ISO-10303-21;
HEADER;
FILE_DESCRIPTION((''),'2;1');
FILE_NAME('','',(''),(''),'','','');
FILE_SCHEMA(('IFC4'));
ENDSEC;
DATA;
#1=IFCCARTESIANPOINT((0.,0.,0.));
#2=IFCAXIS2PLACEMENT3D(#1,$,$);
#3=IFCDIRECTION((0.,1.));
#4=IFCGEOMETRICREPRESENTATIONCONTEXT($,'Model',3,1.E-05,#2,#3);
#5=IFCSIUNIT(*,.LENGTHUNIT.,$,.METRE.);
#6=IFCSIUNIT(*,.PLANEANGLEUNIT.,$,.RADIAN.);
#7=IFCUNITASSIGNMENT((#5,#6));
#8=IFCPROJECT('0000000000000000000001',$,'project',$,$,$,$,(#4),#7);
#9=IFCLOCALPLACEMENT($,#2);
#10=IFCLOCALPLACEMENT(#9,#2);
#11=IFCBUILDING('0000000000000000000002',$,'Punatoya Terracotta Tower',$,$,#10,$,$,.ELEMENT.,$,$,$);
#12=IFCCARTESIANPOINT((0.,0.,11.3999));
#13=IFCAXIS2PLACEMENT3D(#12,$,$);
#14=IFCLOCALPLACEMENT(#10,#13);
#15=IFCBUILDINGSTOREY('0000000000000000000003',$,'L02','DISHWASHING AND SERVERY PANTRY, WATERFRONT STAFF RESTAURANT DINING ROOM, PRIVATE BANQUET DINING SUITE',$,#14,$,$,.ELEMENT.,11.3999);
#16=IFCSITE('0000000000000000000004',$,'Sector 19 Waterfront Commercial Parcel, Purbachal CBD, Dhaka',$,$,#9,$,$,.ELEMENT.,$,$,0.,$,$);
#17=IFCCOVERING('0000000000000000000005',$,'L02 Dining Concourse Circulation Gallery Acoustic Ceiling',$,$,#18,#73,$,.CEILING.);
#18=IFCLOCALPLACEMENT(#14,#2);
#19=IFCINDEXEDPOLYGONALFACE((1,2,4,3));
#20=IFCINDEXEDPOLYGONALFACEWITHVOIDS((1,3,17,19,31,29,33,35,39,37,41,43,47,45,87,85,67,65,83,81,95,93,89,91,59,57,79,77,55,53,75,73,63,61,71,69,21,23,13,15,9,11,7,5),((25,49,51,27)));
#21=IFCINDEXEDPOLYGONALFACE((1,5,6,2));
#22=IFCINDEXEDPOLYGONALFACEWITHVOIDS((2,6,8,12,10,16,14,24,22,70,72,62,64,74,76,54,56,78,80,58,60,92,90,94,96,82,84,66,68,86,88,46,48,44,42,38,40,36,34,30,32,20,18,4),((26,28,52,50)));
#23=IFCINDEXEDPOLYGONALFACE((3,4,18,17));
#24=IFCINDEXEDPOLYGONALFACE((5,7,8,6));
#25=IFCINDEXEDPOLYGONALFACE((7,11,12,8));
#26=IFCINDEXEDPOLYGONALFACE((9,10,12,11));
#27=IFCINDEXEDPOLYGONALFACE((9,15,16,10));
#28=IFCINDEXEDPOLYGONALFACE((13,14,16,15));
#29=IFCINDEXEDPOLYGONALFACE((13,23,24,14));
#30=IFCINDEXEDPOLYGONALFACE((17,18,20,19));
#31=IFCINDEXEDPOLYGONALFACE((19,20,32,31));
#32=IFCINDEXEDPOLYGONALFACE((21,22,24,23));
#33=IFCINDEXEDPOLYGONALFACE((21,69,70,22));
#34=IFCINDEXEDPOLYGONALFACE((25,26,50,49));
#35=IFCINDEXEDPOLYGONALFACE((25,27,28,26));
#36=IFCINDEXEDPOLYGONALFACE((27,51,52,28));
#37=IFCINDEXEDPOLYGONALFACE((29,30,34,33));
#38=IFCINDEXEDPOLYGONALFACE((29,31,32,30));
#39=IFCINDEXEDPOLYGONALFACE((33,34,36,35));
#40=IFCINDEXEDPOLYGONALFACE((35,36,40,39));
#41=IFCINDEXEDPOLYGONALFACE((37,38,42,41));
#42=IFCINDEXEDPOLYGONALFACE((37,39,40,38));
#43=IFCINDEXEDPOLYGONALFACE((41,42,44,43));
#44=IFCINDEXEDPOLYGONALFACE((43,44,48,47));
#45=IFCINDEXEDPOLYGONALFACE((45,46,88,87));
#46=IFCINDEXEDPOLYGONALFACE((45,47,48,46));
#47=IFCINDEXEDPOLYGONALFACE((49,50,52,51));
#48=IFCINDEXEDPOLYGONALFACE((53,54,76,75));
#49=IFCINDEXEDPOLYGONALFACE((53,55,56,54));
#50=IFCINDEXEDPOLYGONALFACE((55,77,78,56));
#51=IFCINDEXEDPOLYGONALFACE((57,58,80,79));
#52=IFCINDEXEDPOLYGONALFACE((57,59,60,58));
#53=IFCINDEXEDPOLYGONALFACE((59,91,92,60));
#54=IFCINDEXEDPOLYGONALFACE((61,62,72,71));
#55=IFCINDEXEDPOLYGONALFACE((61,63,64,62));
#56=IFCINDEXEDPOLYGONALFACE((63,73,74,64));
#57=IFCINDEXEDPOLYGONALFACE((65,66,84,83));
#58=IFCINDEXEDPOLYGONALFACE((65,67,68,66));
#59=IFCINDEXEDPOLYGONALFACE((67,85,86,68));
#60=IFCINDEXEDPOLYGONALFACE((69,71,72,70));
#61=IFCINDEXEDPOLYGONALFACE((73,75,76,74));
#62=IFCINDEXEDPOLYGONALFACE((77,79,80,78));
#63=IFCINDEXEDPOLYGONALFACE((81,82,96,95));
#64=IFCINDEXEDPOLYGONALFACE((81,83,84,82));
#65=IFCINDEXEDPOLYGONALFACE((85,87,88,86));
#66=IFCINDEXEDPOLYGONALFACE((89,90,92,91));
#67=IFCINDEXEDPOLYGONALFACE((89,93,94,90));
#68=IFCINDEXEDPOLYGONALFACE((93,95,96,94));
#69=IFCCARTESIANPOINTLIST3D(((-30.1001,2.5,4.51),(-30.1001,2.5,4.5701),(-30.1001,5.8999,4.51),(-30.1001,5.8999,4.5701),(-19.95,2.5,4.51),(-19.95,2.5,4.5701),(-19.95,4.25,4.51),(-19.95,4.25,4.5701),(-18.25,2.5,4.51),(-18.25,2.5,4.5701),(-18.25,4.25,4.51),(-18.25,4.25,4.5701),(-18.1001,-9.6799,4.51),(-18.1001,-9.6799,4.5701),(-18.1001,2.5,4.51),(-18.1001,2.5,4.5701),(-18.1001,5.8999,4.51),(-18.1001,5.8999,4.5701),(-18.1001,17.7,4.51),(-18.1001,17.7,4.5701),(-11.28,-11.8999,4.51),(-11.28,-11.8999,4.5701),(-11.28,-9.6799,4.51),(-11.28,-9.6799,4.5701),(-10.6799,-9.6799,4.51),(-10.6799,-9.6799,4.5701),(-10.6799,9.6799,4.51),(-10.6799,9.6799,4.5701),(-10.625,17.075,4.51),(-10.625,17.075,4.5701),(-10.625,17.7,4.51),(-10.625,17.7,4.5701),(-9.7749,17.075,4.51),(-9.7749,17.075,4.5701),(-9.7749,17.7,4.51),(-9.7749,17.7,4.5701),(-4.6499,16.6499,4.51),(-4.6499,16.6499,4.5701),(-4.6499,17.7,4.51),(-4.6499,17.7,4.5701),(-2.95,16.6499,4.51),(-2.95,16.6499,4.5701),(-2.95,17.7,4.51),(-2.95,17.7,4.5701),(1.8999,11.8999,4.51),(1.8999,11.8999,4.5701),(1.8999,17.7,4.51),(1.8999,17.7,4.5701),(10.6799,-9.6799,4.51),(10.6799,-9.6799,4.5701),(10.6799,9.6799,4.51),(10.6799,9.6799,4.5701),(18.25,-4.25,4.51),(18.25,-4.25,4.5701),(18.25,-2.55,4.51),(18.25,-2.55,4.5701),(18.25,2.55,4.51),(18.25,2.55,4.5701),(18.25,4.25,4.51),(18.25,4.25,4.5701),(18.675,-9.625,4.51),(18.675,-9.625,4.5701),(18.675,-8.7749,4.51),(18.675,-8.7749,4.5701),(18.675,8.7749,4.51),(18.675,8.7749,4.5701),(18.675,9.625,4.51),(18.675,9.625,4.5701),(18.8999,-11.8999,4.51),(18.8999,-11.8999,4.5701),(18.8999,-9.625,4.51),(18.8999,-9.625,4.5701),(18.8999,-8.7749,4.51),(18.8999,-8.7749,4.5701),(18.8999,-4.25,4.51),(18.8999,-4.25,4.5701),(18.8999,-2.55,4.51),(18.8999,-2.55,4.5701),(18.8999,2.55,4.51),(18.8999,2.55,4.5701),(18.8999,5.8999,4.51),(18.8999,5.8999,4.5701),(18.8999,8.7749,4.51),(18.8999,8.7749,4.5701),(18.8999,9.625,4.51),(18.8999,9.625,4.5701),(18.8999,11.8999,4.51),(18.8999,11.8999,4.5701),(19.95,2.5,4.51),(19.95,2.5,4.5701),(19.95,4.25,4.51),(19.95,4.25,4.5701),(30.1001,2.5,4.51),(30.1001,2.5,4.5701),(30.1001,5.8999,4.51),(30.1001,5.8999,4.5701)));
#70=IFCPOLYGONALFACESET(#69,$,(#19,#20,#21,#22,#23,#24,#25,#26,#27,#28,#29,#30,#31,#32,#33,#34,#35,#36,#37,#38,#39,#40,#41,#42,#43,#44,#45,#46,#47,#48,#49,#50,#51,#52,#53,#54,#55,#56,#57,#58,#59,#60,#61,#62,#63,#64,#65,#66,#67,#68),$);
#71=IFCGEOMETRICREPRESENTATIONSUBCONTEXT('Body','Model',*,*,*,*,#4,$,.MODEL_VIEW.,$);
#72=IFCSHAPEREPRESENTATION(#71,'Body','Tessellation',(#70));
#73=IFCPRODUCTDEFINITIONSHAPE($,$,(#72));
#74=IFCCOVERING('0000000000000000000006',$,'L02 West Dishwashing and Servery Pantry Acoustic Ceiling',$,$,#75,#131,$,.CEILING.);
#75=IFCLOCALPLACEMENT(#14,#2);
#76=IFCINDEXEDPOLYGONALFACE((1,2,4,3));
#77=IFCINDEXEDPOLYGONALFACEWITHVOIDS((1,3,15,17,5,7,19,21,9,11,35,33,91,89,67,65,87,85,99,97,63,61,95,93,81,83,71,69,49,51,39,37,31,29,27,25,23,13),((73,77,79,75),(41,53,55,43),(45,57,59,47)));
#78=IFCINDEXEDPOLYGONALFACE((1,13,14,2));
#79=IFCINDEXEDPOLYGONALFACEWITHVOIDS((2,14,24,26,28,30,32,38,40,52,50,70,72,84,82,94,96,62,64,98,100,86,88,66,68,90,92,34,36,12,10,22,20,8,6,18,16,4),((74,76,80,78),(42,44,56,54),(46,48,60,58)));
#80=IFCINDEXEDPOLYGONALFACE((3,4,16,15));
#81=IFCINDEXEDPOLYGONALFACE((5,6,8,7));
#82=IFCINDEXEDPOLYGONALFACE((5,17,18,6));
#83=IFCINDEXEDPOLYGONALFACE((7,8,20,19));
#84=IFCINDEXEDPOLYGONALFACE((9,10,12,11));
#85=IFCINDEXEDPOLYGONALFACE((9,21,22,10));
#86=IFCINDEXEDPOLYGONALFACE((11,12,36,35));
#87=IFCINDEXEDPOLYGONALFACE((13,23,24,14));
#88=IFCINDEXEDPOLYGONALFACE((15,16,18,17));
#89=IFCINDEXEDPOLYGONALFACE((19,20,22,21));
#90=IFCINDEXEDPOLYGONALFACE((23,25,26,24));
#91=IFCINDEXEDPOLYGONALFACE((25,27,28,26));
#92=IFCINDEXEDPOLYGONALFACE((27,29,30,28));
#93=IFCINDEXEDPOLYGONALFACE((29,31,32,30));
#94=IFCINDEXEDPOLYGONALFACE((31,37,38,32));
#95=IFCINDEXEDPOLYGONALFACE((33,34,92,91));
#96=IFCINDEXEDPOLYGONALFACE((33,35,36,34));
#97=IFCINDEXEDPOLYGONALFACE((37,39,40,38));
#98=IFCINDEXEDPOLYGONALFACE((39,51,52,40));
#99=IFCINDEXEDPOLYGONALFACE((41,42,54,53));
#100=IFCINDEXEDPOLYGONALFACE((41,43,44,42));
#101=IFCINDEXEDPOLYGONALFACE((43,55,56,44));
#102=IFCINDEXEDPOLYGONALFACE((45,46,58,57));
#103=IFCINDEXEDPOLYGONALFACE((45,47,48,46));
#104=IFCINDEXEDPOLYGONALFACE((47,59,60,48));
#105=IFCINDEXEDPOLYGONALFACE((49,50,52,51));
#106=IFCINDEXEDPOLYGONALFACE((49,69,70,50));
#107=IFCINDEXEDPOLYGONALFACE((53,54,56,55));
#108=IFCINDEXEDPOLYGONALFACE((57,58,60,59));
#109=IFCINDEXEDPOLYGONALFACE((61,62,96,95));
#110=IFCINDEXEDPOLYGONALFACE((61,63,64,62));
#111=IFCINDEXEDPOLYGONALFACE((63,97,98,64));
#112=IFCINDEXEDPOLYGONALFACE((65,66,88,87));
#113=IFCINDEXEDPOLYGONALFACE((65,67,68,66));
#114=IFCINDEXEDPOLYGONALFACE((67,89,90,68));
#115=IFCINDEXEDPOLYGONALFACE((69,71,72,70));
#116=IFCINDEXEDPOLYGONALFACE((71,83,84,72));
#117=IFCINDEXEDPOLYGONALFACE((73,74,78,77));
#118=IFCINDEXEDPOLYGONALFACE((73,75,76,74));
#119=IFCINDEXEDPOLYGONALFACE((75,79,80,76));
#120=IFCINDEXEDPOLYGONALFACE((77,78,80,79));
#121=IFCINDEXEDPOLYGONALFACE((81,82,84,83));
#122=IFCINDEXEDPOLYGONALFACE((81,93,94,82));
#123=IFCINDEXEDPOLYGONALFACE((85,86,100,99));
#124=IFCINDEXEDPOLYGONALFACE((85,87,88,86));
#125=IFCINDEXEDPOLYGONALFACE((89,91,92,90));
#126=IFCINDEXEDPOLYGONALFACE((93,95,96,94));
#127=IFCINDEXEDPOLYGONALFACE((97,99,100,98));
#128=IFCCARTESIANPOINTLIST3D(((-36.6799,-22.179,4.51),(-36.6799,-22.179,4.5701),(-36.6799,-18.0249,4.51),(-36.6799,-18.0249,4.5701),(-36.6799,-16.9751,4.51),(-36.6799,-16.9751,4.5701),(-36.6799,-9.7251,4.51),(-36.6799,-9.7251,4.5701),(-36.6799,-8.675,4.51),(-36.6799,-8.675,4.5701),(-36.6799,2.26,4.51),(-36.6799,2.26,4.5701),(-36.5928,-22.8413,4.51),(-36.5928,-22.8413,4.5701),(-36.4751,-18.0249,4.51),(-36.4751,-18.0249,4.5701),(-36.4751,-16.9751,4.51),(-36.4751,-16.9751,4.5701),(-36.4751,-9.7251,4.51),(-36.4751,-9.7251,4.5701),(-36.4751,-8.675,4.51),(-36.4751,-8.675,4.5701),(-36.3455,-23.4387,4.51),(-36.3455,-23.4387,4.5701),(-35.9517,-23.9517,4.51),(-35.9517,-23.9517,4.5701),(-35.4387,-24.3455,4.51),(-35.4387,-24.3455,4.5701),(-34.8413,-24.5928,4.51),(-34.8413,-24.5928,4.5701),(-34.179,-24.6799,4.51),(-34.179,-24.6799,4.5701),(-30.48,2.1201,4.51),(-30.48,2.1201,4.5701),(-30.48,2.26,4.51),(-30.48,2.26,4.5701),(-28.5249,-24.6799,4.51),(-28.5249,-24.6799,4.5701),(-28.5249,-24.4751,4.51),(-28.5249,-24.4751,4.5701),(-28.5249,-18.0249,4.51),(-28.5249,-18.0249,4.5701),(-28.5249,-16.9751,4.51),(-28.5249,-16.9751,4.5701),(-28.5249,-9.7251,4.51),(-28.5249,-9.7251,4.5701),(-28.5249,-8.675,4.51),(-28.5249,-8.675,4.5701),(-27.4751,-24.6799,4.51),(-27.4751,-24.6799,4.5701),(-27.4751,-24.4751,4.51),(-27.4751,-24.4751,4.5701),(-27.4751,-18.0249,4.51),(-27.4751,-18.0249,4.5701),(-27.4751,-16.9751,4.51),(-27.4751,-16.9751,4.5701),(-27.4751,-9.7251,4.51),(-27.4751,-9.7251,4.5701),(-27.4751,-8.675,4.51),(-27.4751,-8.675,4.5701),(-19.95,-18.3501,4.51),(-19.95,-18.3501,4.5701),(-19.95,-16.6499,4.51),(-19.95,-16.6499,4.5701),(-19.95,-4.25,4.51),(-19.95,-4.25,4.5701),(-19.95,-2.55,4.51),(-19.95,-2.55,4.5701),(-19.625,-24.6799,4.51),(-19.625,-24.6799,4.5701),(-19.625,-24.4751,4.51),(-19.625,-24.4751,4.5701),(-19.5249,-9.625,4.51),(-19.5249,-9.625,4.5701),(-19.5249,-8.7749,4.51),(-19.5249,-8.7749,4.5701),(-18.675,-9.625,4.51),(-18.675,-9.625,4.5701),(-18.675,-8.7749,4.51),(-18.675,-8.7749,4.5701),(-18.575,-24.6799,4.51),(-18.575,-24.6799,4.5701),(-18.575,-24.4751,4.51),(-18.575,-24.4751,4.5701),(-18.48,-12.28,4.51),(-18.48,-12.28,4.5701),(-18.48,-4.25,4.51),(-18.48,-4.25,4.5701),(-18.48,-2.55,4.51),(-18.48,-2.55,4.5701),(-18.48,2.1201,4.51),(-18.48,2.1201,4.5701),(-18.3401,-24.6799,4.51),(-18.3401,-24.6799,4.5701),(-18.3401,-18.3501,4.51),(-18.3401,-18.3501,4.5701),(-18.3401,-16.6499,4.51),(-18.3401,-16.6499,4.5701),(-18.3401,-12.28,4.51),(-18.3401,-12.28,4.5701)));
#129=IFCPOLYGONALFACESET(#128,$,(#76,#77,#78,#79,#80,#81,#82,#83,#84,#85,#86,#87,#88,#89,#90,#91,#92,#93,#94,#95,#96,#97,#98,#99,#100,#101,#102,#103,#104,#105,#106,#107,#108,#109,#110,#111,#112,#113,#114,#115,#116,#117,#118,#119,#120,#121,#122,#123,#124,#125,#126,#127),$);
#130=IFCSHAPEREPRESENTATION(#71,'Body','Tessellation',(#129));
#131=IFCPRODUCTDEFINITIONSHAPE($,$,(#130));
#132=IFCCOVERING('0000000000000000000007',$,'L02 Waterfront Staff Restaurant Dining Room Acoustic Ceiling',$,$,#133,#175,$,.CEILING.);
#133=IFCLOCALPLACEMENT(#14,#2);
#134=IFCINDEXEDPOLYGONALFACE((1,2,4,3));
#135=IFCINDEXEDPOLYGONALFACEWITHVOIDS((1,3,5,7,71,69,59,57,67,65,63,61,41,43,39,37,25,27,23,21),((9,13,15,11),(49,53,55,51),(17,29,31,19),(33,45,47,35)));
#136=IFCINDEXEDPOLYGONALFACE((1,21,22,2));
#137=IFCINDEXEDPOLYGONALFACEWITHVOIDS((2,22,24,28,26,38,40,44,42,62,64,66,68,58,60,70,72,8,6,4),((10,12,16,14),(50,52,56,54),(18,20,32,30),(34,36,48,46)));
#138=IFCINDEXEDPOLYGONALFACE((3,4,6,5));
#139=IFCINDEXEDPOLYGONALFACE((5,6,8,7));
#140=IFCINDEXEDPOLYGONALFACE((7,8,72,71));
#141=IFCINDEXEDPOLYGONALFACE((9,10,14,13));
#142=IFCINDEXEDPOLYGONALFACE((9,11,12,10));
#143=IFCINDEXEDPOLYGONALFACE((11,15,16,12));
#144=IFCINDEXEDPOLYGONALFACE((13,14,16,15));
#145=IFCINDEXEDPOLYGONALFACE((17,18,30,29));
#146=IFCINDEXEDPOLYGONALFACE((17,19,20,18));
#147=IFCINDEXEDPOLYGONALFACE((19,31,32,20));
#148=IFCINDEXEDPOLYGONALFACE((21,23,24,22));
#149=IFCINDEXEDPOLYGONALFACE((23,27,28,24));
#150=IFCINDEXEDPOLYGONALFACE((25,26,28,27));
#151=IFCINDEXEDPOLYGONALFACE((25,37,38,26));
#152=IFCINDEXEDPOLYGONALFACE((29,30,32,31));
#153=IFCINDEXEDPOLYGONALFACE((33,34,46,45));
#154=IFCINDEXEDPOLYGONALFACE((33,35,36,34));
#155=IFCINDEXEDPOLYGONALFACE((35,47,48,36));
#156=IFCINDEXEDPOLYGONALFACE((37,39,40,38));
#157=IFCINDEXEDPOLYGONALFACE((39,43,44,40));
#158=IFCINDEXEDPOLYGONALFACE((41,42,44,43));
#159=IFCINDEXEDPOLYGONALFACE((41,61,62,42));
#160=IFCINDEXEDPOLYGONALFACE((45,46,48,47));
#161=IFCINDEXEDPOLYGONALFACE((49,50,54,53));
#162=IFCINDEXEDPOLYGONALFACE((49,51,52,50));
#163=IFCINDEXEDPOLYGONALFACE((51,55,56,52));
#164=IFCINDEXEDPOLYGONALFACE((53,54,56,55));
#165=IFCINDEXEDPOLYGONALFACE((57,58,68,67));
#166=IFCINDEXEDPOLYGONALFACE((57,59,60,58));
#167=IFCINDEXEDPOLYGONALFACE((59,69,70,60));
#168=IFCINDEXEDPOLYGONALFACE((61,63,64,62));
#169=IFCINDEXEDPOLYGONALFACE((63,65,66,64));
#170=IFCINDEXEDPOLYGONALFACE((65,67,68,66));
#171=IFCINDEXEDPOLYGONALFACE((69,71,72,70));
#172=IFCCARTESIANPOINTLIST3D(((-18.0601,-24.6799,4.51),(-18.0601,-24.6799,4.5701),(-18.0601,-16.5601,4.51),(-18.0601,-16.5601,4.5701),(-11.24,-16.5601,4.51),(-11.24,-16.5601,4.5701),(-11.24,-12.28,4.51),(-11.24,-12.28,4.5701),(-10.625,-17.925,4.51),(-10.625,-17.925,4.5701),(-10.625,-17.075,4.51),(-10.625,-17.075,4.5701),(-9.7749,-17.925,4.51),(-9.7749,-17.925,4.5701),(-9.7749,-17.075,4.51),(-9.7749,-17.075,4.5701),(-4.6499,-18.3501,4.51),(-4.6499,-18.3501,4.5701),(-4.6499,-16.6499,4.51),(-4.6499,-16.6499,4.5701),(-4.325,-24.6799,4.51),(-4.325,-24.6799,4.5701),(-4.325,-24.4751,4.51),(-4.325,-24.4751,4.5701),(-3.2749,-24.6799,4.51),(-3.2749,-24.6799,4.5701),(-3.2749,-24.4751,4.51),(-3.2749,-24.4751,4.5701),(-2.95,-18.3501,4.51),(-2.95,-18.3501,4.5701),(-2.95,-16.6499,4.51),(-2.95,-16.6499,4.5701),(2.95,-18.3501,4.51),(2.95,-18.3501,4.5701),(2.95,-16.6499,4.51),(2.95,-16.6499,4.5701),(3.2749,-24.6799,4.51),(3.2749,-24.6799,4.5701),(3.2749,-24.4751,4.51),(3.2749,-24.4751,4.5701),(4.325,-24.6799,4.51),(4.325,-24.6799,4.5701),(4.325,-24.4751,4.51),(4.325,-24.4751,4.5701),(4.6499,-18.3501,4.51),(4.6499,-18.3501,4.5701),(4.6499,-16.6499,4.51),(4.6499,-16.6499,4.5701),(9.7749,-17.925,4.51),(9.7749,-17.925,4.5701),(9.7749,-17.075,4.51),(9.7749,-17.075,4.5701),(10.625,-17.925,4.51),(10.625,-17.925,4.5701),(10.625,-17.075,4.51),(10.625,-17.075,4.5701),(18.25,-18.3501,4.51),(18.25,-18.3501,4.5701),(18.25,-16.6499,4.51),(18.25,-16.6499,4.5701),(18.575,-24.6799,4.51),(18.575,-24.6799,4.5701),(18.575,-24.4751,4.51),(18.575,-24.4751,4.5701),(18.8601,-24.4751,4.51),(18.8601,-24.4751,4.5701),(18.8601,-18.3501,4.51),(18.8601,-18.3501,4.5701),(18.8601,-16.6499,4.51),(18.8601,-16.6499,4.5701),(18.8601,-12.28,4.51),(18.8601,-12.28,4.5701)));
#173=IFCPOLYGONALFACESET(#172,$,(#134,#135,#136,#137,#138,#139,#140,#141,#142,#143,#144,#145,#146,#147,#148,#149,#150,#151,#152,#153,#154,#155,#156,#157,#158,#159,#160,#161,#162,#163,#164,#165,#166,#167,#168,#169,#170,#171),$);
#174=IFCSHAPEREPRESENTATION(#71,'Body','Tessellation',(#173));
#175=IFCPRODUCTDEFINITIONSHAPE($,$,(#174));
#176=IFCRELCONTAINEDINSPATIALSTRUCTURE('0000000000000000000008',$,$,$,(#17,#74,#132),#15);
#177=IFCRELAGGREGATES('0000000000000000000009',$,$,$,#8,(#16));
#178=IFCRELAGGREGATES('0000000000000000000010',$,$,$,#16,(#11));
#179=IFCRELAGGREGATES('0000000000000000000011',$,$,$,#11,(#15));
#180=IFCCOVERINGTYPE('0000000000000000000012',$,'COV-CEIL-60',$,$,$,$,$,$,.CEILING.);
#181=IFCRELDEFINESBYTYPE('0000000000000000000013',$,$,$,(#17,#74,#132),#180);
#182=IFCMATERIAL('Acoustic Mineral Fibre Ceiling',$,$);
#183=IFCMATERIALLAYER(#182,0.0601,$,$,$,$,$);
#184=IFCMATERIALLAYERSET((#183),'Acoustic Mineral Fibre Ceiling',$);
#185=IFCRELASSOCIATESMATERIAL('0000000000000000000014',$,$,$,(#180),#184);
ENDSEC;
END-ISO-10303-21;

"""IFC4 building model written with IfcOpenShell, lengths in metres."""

from ifc_helpers import new_model, si_unit, direction, frame, origin, place, context, subcontext, project, spatial, polyline, outline, extrude, material, layer, layer_set, type_object, element, save


model = new_model("IFC4")

# Units and contexts
model_context = context("Model", 3, precision=1e-05, world=origin(), true_north=direction((0.0, 1.0)))
body_context = subcontext(model_context, "Body", "Model", "MODEL_VIEW")
ifc_project = project(units=[si_unit("LENGTHUNIT", "METRE"), si_unit("PLANEANGLEUNIT", "RADIAN")], contexts=[model_context])

# Site, building, storey
site_placement = place(None, origin())
site = spatial("IfcSite", under=ifc_project, at=site_placement, Name="Sector 19 Waterfront Commercial Parcel, Purbachal CBD, Dhaka", CompositionType="ELEMENT", RefElevation=0.0)
building_placement = place(site_placement, origin())
building = spatial("IfcBuilding", under=site, at=building_placement, Name="Punatoya Terracotta Tower", CompositionType="ELEMENT")
storey_placement = place(building_placement, frame((0.0, 0.0, 11.3999)))
storey = spatial("IfcBuildingStorey", under=building, at=storey_placement, Name="L02", Description="DISHWASHING AND SERVERY PANTRY, WATERFRONT STAFF RESTAURANT DINING ROOM, PRIVATE BANQUET DINING SUITE", CompositionType="ELEMENT", Elevation=11.3999)

# Coverings
ifc_material_1 = material(Name="Acoustic Mineral Fibre Ceiling")
ifc_layer_1 = layer(ifc_material_1, 0.0601)
ifc_layer_set_1 = layer_set([ifc_layer_1], Name="Acoustic Mineral Fibre Ceiling")
covering_type_1 = type_object("IfcCoveringType", Name="COV-CEIL-60", PredefinedType="CEILING", material=ifc_layer_set_1)
covering_1_placement = place(storey_placement, frame((0.0, 0.0, 4.51)))
element("IfcCovering", 1, at=covering_1_placement, inside=storey, type_object=covering_type_1, Name="L02 Dining Concourse Circulation Gallery Acoustic Ceiling", PredefinedType="CEILING", context=body_context, shape_type="SweptSolid", body=[
    extrude(outline(polyline([(-19.95, 2.5), (-19.95, 4.25), (-18.25, 4.25), (-18.25, 2.5), (-18.1001, 2.5), (-18.1001, -9.6799), (-11.28, -9.6799), (-11.28, -11.8999), (18.8999, -11.8999), (18.8999, -9.625), (18.675, -9.625), (18.675, -8.7749), (18.8999, -8.7749), (18.8999, -4.25), (18.25, -4.25), (18.25, -2.55), (18.8999, -2.55), (18.8999, 2.55), (18.25, 2.55), (18.25, 4.25), (19.95, 4.25), (19.95, 2.5), (30.1001, 2.5), (30.1001, 5.8999), (18.8999, 5.8999), (18.8999, 8.7749), (18.675, 8.7749), (18.675, 9.625), (18.8999, 9.625), (18.8999, 11.8999), (1.8999, 11.8999), (1.8999, 17.7), (-2.95, 17.7), (-2.95, 16.6499), (-4.6499, 16.6499), (-4.6499, 17.7), (-9.7749, 17.7), (-9.7749, 17.075), (-10.625, 17.075), (-10.625, 17.7), (-18.1001, 17.7), (-18.1001, 5.8999), (-30.1001, 5.8999), (-30.1001, 2.5), (-19.95, 2.5)]), holes=[polyline([(10.6799, -9.6799), (-10.6799, -9.6799), (-10.6799, 9.6799), (10.6799, 9.6799), (10.6799, -9.6799)])]), origin(), (0.0, 0.0, 1.0), 0.0601),
])
covering_2_placement = place(storey_placement, frame((0.0, 0.0, 4.51)))
element("IfcCovering", 2, at=covering_2_placement, inside=storey, type_object=covering_type_1, Name="L02 West Dishwashing and Servery Pantry Acoustic Ceiling", PredefinedType="CEILING", context=body_context, shape_type="SweptSolid", body=[
    extrude(outline(polyline([(-36.4751, -16.9751), (-36.4751, -18.0249), (-36.6799, -18.0249), (-36.6799, -22.179), (-36.5928, -22.8413), (-36.3455, -23.4387), (-35.9517, -23.9517), (-35.4387, -24.3455), (-34.8413, -24.5928), (-34.179, -24.6799), (-28.5249, -24.6799), (-28.5249, -24.4751), (-27.4751, -24.4751), (-27.4751, -24.6799), (-19.625, -24.6799), (-19.625, -24.4751), (-18.575, -24.4751), (-18.575, -24.6799), (-18.3401, -24.6799), (-18.3401, -18.3501), (-19.95, -18.3501), (-19.95, -16.6499), (-18.3401, -16.6499), (-18.3401, -12.28), (-18.48, -12.28), (-18.48, -4.25), (-19.95, -4.25), (-19.95, -2.55), (-18.48, -2.55), (-18.48, 2.1201), (-30.48, 2.1201), (-30.48, 2.26), (-36.6799, 2.26), (-36.6799, -8.675), (-36.4751, -8.675), (-36.4751, -9.7251), (-36.6799, -9.7251), (-36.6799, -16.9751), (-36.4751, -16.9751)]), holes=[polyline([(-19.5249, -9.625), (-19.5249, -8.7749), (-18.675, -8.7749), (-18.675, -9.625), (-19.5249, -9.625)]), polyline([(-28.5249, -16.9751), (-27.4751, -16.9751), (-27.4751, -18.0249), (-28.5249, -18.0249), (-28.5249, -16.9751)]), polyline([(-28.5249, -9.7251), (-28.5249, -8.675), (-27.4751, -8.675), (-27.4751, -9.7251), (-28.5249, -9.7251)])]), origin(), (0.0, 0.0, 1.0), 0.0601),
])
covering_3_placement = place(storey_placement, frame((0.0, 0.0, 4.51)))
element("IfcCovering", 3, at=covering_3_placement, inside=storey, type_object=covering_type_1, Name="L02 Waterfront Staff Restaurant Dining Room Acoustic Ceiling", PredefinedType="CEILING", context=body_context, shape_type="SweptSolid", body=[
    extrude(outline(polyline([(-11.24, -16.5601), (-18.0601, -16.5601), (-18.0601, -24.6799), (-4.325, -24.6799), (-4.325, -24.4751), (-3.2749, -24.4751), (-3.2749, -24.6799), (3.2749, -24.6799), (3.2749, -24.4751), (4.325, -24.4751), (4.325, -24.6799), (18.575, -24.6799), (18.575, -24.4751), (18.8601, -24.4751), (18.8601, -18.3501), (18.25, -18.3501), (18.25, -16.6499), (18.8601, -16.6499), (18.8601, -12.28), (-11.24, -12.28), (-11.24, -16.5601)]), holes=[polyline([(9.7749, -17.075), (10.625, -17.075), (10.625, -17.925), (9.7749, -17.925), (9.7749, -17.075)]), polyline([(4.6499, -16.6499), (4.6499, -18.3501), (2.95, -18.3501), (2.95, -16.6499), (4.6499, -16.6499)]), polyline([(-4.6499, -16.6499), (-2.95, -16.6499), (-2.95, -18.3501), (-4.6499, -18.3501), (-4.6499, -16.6499)]), polyline([(-10.625, -17.925), (-10.625, -17.075), (-9.7749, -17.075), (-9.7749, -17.925), (-10.625, -17.925)])]), origin(), (0.0, 0.0, 1.0), 0.0601),
])

save(model, "model.ifc")
